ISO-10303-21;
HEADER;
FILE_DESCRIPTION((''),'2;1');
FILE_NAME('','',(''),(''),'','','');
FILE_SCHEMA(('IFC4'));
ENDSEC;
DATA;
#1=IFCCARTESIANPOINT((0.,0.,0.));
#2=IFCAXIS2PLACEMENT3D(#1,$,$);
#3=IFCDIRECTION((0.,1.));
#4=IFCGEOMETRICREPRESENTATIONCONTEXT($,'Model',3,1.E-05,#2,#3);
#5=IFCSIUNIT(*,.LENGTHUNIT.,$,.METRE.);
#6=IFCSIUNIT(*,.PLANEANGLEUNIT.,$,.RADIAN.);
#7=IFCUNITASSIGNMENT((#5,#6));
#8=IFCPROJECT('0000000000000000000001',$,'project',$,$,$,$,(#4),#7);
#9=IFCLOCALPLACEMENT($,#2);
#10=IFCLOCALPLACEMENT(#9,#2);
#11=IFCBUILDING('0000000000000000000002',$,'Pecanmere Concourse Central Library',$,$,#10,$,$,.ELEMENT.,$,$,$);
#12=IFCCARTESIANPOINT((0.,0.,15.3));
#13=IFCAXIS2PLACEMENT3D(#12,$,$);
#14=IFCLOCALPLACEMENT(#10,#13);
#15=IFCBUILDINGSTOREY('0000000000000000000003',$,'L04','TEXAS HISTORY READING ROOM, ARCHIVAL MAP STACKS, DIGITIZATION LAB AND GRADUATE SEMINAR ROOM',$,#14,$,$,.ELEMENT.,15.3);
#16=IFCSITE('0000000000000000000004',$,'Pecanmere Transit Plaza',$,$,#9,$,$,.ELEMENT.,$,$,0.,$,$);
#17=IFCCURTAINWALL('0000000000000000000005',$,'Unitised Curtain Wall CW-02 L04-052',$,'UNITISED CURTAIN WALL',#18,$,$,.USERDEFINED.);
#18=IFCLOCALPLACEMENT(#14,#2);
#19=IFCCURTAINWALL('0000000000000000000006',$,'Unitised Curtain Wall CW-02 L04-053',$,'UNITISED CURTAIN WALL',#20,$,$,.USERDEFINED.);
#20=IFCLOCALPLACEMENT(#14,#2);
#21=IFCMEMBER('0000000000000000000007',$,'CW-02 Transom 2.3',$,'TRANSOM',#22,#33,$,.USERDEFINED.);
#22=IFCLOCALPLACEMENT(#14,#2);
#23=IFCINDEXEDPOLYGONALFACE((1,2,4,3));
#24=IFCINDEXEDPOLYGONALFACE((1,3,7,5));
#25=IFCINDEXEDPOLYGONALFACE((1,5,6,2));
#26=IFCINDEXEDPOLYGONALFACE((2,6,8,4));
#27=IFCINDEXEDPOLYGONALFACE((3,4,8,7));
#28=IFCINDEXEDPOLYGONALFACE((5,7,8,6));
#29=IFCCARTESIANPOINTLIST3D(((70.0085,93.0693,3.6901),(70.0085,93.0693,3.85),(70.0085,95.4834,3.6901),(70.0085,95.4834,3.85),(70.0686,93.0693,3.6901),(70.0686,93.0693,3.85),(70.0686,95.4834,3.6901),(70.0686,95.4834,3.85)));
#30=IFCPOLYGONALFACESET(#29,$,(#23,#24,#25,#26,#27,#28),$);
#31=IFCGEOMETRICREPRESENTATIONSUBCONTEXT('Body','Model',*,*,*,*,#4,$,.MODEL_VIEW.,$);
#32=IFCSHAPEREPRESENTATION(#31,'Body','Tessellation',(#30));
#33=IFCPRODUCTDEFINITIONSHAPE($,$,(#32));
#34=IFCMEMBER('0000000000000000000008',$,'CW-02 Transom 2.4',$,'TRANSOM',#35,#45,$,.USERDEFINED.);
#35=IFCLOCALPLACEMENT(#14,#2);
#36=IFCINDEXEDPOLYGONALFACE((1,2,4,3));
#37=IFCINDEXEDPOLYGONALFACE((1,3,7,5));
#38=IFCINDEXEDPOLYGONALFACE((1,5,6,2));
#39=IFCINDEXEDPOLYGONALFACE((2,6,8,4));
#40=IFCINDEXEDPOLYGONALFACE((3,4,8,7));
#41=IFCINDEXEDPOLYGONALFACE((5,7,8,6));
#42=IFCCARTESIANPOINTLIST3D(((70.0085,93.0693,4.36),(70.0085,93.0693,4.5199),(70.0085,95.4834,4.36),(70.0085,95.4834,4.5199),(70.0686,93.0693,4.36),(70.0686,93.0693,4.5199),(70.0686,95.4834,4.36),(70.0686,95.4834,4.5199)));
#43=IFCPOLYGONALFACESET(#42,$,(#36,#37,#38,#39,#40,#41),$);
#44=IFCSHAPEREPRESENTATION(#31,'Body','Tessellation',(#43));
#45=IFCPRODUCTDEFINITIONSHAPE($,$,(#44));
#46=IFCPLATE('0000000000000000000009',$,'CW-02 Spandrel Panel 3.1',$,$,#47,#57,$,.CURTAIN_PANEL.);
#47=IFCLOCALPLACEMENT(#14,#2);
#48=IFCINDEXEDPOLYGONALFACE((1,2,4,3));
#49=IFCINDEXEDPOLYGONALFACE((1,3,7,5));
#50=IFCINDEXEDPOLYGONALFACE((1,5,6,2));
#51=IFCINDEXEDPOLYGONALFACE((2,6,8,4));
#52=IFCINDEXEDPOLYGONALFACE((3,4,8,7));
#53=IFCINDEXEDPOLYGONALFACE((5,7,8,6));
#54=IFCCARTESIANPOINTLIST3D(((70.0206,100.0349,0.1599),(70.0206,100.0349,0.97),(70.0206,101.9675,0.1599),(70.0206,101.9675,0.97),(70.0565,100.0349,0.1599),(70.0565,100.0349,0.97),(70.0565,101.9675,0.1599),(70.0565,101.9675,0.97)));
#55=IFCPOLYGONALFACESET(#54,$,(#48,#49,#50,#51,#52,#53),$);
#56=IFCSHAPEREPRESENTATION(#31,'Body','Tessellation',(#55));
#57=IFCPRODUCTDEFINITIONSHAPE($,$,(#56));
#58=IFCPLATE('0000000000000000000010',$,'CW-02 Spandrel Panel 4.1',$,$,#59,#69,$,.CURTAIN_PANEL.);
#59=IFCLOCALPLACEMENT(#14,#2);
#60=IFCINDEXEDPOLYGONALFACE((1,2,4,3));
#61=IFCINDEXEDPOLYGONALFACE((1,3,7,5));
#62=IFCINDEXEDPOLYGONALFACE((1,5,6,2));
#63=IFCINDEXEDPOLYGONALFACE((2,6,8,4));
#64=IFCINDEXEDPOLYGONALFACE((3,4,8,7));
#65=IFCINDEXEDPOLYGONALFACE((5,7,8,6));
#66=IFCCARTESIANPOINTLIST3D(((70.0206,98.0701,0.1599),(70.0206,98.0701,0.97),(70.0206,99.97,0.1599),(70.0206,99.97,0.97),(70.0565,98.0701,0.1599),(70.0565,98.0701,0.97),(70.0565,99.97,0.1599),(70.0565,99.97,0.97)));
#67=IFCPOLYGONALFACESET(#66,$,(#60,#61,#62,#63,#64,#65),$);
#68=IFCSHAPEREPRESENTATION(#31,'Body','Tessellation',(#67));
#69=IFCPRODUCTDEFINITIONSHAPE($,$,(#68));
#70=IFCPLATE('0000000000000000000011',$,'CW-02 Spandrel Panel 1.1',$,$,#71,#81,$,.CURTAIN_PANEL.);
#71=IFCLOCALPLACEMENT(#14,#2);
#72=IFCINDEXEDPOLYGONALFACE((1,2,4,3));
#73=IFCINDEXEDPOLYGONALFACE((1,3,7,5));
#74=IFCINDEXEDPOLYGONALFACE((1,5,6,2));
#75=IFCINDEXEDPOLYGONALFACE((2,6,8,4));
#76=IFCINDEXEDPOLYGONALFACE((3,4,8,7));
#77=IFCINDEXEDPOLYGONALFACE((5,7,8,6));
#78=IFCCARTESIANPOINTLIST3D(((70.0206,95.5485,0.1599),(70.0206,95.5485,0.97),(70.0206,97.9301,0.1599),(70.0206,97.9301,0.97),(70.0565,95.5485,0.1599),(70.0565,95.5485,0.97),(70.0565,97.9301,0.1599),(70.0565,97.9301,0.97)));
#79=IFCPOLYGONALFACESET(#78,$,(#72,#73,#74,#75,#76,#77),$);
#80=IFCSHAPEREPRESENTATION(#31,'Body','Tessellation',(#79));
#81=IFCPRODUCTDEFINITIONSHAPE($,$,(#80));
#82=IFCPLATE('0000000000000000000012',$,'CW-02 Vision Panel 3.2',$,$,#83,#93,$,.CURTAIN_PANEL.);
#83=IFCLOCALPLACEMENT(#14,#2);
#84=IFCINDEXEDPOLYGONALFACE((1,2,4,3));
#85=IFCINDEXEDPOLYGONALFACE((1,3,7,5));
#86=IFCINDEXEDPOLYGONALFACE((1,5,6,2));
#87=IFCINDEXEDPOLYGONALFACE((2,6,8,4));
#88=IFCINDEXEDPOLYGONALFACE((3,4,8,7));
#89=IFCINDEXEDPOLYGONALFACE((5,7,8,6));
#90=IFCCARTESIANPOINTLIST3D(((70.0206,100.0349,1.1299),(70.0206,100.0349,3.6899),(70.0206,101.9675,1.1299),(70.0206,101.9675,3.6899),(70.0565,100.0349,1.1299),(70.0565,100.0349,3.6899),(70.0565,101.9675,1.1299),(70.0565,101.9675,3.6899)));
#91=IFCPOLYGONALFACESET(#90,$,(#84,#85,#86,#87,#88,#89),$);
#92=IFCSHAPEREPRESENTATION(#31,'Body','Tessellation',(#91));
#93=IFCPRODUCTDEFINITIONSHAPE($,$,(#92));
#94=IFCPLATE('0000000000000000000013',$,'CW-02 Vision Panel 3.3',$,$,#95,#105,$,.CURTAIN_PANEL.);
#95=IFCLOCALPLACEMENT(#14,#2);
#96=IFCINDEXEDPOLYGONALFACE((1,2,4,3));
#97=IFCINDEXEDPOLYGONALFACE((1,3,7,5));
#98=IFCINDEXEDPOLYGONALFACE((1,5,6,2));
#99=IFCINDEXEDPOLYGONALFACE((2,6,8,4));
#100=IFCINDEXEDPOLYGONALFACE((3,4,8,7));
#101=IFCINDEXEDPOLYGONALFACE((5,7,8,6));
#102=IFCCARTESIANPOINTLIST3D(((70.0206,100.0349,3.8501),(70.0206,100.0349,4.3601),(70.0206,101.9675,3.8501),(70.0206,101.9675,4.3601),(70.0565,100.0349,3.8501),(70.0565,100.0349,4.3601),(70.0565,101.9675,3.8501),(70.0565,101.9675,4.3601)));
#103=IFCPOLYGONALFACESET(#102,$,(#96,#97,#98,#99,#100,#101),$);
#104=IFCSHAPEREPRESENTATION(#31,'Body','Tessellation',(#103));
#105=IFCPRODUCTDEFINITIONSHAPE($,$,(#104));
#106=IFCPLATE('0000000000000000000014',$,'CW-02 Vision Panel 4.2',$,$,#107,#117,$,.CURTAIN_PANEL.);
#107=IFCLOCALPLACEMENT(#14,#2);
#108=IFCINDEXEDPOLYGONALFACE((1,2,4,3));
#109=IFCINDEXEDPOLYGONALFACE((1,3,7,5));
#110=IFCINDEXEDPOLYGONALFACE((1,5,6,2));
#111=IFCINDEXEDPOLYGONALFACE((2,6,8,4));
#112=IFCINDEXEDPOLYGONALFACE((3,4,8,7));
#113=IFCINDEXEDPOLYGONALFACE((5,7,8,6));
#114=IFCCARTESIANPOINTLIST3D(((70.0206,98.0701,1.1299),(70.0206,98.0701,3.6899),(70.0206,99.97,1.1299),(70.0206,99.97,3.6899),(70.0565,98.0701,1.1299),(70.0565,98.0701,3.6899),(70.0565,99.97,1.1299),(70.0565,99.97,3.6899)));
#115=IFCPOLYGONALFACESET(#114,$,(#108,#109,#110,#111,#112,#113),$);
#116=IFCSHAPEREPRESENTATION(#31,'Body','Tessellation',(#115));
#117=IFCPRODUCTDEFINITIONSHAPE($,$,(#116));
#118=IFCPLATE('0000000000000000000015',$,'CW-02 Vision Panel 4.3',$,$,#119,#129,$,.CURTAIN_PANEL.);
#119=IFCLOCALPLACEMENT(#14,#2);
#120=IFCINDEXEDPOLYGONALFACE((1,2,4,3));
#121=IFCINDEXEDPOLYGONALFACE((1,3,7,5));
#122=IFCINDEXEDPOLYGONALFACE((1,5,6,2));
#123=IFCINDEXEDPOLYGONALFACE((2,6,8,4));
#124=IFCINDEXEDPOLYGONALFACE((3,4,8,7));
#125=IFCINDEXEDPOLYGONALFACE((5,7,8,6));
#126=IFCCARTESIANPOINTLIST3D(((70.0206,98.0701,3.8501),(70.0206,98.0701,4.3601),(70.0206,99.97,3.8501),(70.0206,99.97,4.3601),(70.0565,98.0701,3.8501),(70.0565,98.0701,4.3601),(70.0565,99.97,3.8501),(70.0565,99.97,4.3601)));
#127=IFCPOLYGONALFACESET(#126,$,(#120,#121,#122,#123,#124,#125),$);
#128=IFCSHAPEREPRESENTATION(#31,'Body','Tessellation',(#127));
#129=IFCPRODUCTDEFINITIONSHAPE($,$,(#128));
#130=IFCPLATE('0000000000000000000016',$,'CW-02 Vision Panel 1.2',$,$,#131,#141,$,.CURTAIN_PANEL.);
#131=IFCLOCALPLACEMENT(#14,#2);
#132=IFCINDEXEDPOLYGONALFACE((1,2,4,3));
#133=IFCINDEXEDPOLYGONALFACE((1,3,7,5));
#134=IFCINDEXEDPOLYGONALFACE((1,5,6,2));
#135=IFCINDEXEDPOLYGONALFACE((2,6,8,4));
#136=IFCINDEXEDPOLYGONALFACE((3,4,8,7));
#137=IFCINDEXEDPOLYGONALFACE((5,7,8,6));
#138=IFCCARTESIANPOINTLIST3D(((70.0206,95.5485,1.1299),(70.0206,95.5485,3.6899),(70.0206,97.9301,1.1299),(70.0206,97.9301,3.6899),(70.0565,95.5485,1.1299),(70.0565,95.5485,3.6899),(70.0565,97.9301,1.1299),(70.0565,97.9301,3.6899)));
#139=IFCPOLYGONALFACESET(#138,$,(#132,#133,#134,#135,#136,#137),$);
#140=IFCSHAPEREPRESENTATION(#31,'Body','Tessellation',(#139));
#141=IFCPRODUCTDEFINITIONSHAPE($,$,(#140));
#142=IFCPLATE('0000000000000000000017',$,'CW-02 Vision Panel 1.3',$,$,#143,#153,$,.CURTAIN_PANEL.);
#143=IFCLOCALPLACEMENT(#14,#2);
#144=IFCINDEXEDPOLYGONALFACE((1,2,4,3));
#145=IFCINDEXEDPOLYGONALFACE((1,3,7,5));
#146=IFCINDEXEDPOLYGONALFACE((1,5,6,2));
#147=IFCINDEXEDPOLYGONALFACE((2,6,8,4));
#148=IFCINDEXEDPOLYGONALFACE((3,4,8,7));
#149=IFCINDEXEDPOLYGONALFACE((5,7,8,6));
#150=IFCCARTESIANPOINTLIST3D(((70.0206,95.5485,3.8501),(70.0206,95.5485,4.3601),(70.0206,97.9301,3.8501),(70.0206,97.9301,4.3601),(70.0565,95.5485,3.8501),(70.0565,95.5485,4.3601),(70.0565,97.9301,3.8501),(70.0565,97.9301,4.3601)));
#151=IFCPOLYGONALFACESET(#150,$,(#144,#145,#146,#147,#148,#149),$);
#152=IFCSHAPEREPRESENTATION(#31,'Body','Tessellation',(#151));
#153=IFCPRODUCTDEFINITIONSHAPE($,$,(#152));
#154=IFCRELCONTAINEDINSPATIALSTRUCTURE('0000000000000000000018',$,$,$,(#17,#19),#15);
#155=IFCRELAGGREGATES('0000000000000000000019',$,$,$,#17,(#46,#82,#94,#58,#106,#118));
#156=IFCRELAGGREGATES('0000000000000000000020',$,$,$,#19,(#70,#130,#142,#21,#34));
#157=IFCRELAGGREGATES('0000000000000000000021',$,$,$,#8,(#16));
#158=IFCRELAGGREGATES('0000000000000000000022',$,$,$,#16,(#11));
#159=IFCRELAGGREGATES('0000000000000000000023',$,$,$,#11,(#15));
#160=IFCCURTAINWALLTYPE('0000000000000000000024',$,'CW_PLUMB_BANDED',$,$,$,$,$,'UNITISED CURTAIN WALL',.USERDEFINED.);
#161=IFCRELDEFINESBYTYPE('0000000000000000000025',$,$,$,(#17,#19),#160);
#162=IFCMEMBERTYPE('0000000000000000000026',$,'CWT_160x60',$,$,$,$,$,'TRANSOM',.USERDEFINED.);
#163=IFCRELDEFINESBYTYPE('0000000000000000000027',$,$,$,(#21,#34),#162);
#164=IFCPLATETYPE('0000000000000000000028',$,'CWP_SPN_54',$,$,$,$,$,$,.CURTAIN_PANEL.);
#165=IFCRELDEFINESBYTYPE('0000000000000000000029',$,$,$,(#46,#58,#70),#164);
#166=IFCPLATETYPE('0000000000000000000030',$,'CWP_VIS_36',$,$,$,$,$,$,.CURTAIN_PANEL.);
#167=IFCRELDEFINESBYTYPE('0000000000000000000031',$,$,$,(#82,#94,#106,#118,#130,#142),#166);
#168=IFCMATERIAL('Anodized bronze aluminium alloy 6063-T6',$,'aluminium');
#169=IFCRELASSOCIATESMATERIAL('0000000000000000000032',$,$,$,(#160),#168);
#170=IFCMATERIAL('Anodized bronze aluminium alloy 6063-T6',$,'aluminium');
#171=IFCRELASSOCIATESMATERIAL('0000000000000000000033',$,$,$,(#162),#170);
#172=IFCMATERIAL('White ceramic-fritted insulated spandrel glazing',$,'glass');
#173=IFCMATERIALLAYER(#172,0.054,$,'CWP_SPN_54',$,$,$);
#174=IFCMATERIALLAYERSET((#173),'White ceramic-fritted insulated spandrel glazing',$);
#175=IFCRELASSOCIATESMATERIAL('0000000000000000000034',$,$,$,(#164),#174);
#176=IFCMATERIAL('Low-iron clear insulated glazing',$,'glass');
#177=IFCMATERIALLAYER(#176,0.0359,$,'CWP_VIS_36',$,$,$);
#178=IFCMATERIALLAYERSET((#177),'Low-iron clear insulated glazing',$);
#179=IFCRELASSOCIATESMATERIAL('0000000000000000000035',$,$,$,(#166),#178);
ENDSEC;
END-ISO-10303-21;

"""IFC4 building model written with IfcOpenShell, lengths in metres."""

from ifc_helpers import new_model, si_unit, direction, frame, origin, origin_2d, place, context, subcontext, project, spatial, rectangle, extrude, material, layer, layer_set, material_profile, profile_set, type_object, element, aggregate, save


model = new_model("IFC4")

# Units and contexts
model_context = context("Model", 3, precision=1e-05, world=origin(), true_north=direction((0.0, 1.0)))
body_context = subcontext(model_context, "Body", "Model", "MODEL_VIEW")
ifc_project = project(units=[si_unit("LENGTHUNIT", "METRE"), si_unit("PLANEANGLEUNIT", "RADIAN")], contexts=[model_context])

# Site, building, storey
site_placement = place(None, origin())
site = spatial("IfcSite", under=ifc_project, at=site_placement, Name="Pecanmere Transit Plaza", CompositionType="ELEMENT", RefElevation=0.0)
building_placement = place(site_placement, origin())
building = spatial("IfcBuilding", under=site, at=building_placement, Name="Pecanmere Concourse Central Library", CompositionType="ELEMENT")
storey_placement = place(building_placement, frame((0.0, 0.0, 15.3)))
storey = spatial("IfcBuildingStorey", under=building, at=storey_placement, Name="L04", Description="TEXAS HISTORY READING ROOM, ARCHIVAL MAP STACKS, DIGITIZATION LAB AND GRADUATE SEMINAR ROOM", CompositionType="ELEMENT", Elevation=15.3)

# Curtain walls
ifc_material_1 = material(Name="Anodized bronze aluminium alloy 6063-T6", Category="aluminium")
curtain_wall_type = type_object("IfcCurtainWallType", Name="CW_PLUMB_BANDED", ElementType="UNITISED CURTAIN WALL", PredefinedType="USERDEFINED", material=ifc_material_1)
curtain_wall_1_placement = place(storey_placement, origin())
curtain_wall_1 = element("IfcCurtainWall", 1, at=curtain_wall_1_placement, inside=storey, type_object=curtain_wall_type, Name="Unitised Curtain Wall CW-02 L04-052", ObjectType="UNITISED CURTAIN WALL", PredefinedType="USERDEFINED")
curtain_wall_2_placement = place(storey_placement, origin())
curtain_wall_2 = element("IfcCurtainWall", 2, at=curtain_wall_2_placement, inside=storey, type_object=curtain_wall_type, Name="Unitised Curtain Wall CW-02 L04-053", ObjectType="UNITISED CURTAIN WALL", PredefinedType="USERDEFINED")

# Members
ifc_material_2 = material(Name="Anodized bronze aluminium alloy 6063-T6", Category="aluminium")
ifc_material_profile_1 = material_profile(ifc_material_2, rectangle(XDim=0.0601, YDim=0.1599, at=origin_2d()), Name="AL 60x160")
ifc_profile_set_1 = profile_set([ifc_material_profile_1], Name="Anodized bronze aluminium alloy 6063-T6")
member_type_1 = type_object("IfcMemberType", Name="CWT_160x60", ElementType="TRANSOM", PredefinedType="USERDEFINED", material=ifc_profile_set_1)
member_1_placement = place(storey_placement, frame((70.0386, 95.4834, 3.77), z_axis=(0.0, -1.0, 0.0), x_axis=(1.0, 0.0, 0.0)))
member_1 = element("IfcMember", 3, at=member_1_placement, type_object=member_type_1, Name="CW-02 Transom 2.3", ObjectType="TRANSOM", PredefinedType="USERDEFINED", context=body_context, shape_type="SweptSolid", body=[
    extrude(rectangle(XDim=0.0601, YDim=0.1599, at=origin_2d()), origin(), (0.0, 0.0, 1.0), 2.4141),
])
member_2_placement = place(storey_placement, frame((70.0386, 95.4834, 4.4399), z_axis=(0.0, -1.0, 0.0), x_axis=(1.0, 0.0, 0.0)))
member_2 = element("IfcMember", 4, at=member_2_placement, type_object=member_type_1, Name="CW-02 Transom 2.4", ObjectType="TRANSOM", PredefinedType="USERDEFINED", context=body_context, shape_type="SweptSolid", body=[
    extrude(rectangle(XDim=0.0601, YDim=0.1599, at=origin_2d()), origin(), (0.0, 0.0, 1.0), 2.4141),
])

# Plates
ifc_material_3 = material(Name="White ceramic-fritted insulated spandrel glazing", Category="glass")
ifc_layer_1 = layer(ifc_material_3, 0.054, Name="CWP_SPN_54")
ifc_layer_set_1 = layer_set([ifc_layer_1], Name="White ceramic-fritted insulated spandrel glazing")
plate_type_1 = type_object("IfcPlateType", Name="CWP_SPN_54", PredefinedType="CURTAIN_PANEL", material=ifc_layer_set_1)
plate_1_placement = place(storey_placement, frame((70.0386, 101.0012, 0.1599), z_axis=(0.0, 0.0, 1.0), x_axis=(0.0, -1.0, 0.0)))
plate_1 = element("IfcPlate", 5, at=plate_1_placement, type_object=plate_type_1, Name="CW-02 Spandrel Panel 3.1", PredefinedType="CURTAIN_PANEL", context=body_context, shape_type="SweptSolid", body=[
    extrude(rectangle(XDim=1.9326, YDim=0.0359, at=origin_2d()), origin(), (0.0, 0.0, 1.0), 0.8101),
])
plate_2_placement = place(storey_placement, frame((70.0386, 99.02, 0.1599), z_axis=(0.0, 0.0, 1.0), x_axis=(0.0, -1.0, 0.0)))
plate_2 = element("IfcPlate", 6, at=plate_2_placement, type_object=plate_type_1, Name="CW-02 Spandrel Panel 4.1", PredefinedType="CURTAIN_PANEL", context=body_context, shape_type="SweptSolid", body=[
    extrude(rectangle(XDim=1.8999, YDim=0.0359, at=origin_2d()), origin(), (0.0, 0.0, 1.0), 0.8101),
])
plate_3_placement = place(storey_placement, frame((70.0386, 96.7393, 0.1599), z_axis=(0.0, 0.0, 1.0), x_axis=(0.0, -1.0, 0.0)))
plate_3 = element("IfcPlate", 7, at=plate_3_placement, type_object=plate_type_1, Name="CW-02 Spandrel Panel 1.1", PredefinedType="CURTAIN_PANEL", context=body_context, shape_type="SweptSolid", body=[
    extrude(rectangle(XDim=2.3816, YDim=0.0359, at=origin_2d()), origin(), (0.0, 0.0, 1.0), 0.8101),
])
ifc_material_4 = material(Name="Low-iron clear insulated glazing", Category="glass")
ifc_layer_2 = layer(ifc_material_4, 0.0359, Name="CWP_VIS_36")
ifc_layer_set_2 = layer_set([ifc_layer_2], Name="Low-iron clear insulated glazing")
plate_type_2 = type_object("IfcPlateType", Name="CWP_VIS_36", PredefinedType="CURTAIN_PANEL", material=ifc_layer_set_2)
plate_4_placement = place(storey_placement, frame((70.0386, 101.0012, 1.1299), z_axis=(0.0, 0.0, 1.0), x_axis=(0.0, -1.0, 0.0)))
plate_4 = element("IfcPlate", 8, at=plate_4_placement, type_object=plate_type_2, Name="CW-02 Vision Panel 3.2", PredefinedType="CURTAIN_PANEL", context=body_context, shape_type="SweptSolid", body=[
    extrude(rectangle(XDim=1.9326, YDim=0.0359, at=origin_2d()), origin(), (0.0, 0.0, 1.0), 2.5601),
])
plate_5_placement = place(storey_placement, frame((70.0386, 101.0012, 3.8501), z_axis=(0.0, 0.0, 1.0), x_axis=(0.0, -1.0, 0.0)))
plate_5 = element("IfcPlate", 9, at=plate_5_placement, type_object=plate_type_2, Name="CW-02 Vision Panel 3.3", PredefinedType="CURTAIN_PANEL", context=body_context, shape_type="SweptSolid", body=[
    extrude(rectangle(XDim=1.9326, YDim=0.0359, at=origin_2d()), origin(), (0.0, 0.0, 1.0), 0.51),
])
plate_6_placement = place(storey_placement, frame((70.0386, 99.02, 1.1299), z_axis=(0.0, 0.0, 1.0), x_axis=(0.0, -1.0, 0.0)))
plate_6 = element("IfcPlate", 10, at=plate_6_placement, type_object=plate_type_2, Name="CW-02 Vision Panel 4.2", PredefinedType="CURTAIN_PANEL", context=body_context, shape_type="SweptSolid", body=[
    extrude(rectangle(XDim=1.8999, YDim=0.0359, at=origin_2d()), origin(), (0.0, 0.0, 1.0), 2.5601),
])
plate_7_placement = place(storey_placement, frame((70.0386, 99.02, 3.8501), z_axis=(0.0, 0.0, 1.0), x_axis=(0.0, -1.0, 0.0)))
plate_7 = element("IfcPlate", 11, at=plate_7_placement, type_object=plate_type_2, Name="CW-02 Vision Panel 4.3", PredefinedType="CURTAIN_PANEL", context=body_context, shape_type="SweptSolid", body=[
    extrude(rectangle(XDim=1.8999, YDim=0.0359, at=origin_2d()), origin(), (0.0, 0.0, 1.0), 0.51),
])
aggregate(curtain_wall_1, [plate_1, plate_4, plate_5, plate_2, plate_6, plate_7])
plate_8_placement = place(storey_placement, frame((70.0386, 96.7393, 1.1299), z_axis=(0.0, 0.0, 1.0), x_axis=(0.0, -1.0, 0.0)))
plate_8 = element("IfcPlate", 12, at=plate_8_placement, type_object=plate_type_2, Name="CW-02 Vision Panel 1.2", PredefinedType="CURTAIN_PANEL", context=body_context, shape_type="SweptSolid", body=[
    extrude(rectangle(XDim=2.3816, YDim=0.0359, at=origin_2d()), origin(), (0.0, 0.0, 1.0), 2.5601),
])
plate_9_placement = place(storey_placement, frame((70.0386, 96.7393, 3.8501), z_axis=(0.0, 0.0, 1.0), x_axis=(0.0, -1.0, 0.0)))
plate_9 = element("IfcPlate", 13, at=plate_9_placement, type_object=plate_type_2, Name="CW-02 Vision Panel 1.3", PredefinedType="CURTAIN_PANEL", context=body_context, shape_type="SweptSolid", body=[
    extrude(rectangle(XDim=2.3816, YDim=0.0359, at=origin_2d()), origin(), (0.0, 0.0, 1.0), 0.51),
])
aggregate(curtain_wall_2, [plate_3, plate_8, plate_9, member_1, member_2])

save(model, "model.ifc")
